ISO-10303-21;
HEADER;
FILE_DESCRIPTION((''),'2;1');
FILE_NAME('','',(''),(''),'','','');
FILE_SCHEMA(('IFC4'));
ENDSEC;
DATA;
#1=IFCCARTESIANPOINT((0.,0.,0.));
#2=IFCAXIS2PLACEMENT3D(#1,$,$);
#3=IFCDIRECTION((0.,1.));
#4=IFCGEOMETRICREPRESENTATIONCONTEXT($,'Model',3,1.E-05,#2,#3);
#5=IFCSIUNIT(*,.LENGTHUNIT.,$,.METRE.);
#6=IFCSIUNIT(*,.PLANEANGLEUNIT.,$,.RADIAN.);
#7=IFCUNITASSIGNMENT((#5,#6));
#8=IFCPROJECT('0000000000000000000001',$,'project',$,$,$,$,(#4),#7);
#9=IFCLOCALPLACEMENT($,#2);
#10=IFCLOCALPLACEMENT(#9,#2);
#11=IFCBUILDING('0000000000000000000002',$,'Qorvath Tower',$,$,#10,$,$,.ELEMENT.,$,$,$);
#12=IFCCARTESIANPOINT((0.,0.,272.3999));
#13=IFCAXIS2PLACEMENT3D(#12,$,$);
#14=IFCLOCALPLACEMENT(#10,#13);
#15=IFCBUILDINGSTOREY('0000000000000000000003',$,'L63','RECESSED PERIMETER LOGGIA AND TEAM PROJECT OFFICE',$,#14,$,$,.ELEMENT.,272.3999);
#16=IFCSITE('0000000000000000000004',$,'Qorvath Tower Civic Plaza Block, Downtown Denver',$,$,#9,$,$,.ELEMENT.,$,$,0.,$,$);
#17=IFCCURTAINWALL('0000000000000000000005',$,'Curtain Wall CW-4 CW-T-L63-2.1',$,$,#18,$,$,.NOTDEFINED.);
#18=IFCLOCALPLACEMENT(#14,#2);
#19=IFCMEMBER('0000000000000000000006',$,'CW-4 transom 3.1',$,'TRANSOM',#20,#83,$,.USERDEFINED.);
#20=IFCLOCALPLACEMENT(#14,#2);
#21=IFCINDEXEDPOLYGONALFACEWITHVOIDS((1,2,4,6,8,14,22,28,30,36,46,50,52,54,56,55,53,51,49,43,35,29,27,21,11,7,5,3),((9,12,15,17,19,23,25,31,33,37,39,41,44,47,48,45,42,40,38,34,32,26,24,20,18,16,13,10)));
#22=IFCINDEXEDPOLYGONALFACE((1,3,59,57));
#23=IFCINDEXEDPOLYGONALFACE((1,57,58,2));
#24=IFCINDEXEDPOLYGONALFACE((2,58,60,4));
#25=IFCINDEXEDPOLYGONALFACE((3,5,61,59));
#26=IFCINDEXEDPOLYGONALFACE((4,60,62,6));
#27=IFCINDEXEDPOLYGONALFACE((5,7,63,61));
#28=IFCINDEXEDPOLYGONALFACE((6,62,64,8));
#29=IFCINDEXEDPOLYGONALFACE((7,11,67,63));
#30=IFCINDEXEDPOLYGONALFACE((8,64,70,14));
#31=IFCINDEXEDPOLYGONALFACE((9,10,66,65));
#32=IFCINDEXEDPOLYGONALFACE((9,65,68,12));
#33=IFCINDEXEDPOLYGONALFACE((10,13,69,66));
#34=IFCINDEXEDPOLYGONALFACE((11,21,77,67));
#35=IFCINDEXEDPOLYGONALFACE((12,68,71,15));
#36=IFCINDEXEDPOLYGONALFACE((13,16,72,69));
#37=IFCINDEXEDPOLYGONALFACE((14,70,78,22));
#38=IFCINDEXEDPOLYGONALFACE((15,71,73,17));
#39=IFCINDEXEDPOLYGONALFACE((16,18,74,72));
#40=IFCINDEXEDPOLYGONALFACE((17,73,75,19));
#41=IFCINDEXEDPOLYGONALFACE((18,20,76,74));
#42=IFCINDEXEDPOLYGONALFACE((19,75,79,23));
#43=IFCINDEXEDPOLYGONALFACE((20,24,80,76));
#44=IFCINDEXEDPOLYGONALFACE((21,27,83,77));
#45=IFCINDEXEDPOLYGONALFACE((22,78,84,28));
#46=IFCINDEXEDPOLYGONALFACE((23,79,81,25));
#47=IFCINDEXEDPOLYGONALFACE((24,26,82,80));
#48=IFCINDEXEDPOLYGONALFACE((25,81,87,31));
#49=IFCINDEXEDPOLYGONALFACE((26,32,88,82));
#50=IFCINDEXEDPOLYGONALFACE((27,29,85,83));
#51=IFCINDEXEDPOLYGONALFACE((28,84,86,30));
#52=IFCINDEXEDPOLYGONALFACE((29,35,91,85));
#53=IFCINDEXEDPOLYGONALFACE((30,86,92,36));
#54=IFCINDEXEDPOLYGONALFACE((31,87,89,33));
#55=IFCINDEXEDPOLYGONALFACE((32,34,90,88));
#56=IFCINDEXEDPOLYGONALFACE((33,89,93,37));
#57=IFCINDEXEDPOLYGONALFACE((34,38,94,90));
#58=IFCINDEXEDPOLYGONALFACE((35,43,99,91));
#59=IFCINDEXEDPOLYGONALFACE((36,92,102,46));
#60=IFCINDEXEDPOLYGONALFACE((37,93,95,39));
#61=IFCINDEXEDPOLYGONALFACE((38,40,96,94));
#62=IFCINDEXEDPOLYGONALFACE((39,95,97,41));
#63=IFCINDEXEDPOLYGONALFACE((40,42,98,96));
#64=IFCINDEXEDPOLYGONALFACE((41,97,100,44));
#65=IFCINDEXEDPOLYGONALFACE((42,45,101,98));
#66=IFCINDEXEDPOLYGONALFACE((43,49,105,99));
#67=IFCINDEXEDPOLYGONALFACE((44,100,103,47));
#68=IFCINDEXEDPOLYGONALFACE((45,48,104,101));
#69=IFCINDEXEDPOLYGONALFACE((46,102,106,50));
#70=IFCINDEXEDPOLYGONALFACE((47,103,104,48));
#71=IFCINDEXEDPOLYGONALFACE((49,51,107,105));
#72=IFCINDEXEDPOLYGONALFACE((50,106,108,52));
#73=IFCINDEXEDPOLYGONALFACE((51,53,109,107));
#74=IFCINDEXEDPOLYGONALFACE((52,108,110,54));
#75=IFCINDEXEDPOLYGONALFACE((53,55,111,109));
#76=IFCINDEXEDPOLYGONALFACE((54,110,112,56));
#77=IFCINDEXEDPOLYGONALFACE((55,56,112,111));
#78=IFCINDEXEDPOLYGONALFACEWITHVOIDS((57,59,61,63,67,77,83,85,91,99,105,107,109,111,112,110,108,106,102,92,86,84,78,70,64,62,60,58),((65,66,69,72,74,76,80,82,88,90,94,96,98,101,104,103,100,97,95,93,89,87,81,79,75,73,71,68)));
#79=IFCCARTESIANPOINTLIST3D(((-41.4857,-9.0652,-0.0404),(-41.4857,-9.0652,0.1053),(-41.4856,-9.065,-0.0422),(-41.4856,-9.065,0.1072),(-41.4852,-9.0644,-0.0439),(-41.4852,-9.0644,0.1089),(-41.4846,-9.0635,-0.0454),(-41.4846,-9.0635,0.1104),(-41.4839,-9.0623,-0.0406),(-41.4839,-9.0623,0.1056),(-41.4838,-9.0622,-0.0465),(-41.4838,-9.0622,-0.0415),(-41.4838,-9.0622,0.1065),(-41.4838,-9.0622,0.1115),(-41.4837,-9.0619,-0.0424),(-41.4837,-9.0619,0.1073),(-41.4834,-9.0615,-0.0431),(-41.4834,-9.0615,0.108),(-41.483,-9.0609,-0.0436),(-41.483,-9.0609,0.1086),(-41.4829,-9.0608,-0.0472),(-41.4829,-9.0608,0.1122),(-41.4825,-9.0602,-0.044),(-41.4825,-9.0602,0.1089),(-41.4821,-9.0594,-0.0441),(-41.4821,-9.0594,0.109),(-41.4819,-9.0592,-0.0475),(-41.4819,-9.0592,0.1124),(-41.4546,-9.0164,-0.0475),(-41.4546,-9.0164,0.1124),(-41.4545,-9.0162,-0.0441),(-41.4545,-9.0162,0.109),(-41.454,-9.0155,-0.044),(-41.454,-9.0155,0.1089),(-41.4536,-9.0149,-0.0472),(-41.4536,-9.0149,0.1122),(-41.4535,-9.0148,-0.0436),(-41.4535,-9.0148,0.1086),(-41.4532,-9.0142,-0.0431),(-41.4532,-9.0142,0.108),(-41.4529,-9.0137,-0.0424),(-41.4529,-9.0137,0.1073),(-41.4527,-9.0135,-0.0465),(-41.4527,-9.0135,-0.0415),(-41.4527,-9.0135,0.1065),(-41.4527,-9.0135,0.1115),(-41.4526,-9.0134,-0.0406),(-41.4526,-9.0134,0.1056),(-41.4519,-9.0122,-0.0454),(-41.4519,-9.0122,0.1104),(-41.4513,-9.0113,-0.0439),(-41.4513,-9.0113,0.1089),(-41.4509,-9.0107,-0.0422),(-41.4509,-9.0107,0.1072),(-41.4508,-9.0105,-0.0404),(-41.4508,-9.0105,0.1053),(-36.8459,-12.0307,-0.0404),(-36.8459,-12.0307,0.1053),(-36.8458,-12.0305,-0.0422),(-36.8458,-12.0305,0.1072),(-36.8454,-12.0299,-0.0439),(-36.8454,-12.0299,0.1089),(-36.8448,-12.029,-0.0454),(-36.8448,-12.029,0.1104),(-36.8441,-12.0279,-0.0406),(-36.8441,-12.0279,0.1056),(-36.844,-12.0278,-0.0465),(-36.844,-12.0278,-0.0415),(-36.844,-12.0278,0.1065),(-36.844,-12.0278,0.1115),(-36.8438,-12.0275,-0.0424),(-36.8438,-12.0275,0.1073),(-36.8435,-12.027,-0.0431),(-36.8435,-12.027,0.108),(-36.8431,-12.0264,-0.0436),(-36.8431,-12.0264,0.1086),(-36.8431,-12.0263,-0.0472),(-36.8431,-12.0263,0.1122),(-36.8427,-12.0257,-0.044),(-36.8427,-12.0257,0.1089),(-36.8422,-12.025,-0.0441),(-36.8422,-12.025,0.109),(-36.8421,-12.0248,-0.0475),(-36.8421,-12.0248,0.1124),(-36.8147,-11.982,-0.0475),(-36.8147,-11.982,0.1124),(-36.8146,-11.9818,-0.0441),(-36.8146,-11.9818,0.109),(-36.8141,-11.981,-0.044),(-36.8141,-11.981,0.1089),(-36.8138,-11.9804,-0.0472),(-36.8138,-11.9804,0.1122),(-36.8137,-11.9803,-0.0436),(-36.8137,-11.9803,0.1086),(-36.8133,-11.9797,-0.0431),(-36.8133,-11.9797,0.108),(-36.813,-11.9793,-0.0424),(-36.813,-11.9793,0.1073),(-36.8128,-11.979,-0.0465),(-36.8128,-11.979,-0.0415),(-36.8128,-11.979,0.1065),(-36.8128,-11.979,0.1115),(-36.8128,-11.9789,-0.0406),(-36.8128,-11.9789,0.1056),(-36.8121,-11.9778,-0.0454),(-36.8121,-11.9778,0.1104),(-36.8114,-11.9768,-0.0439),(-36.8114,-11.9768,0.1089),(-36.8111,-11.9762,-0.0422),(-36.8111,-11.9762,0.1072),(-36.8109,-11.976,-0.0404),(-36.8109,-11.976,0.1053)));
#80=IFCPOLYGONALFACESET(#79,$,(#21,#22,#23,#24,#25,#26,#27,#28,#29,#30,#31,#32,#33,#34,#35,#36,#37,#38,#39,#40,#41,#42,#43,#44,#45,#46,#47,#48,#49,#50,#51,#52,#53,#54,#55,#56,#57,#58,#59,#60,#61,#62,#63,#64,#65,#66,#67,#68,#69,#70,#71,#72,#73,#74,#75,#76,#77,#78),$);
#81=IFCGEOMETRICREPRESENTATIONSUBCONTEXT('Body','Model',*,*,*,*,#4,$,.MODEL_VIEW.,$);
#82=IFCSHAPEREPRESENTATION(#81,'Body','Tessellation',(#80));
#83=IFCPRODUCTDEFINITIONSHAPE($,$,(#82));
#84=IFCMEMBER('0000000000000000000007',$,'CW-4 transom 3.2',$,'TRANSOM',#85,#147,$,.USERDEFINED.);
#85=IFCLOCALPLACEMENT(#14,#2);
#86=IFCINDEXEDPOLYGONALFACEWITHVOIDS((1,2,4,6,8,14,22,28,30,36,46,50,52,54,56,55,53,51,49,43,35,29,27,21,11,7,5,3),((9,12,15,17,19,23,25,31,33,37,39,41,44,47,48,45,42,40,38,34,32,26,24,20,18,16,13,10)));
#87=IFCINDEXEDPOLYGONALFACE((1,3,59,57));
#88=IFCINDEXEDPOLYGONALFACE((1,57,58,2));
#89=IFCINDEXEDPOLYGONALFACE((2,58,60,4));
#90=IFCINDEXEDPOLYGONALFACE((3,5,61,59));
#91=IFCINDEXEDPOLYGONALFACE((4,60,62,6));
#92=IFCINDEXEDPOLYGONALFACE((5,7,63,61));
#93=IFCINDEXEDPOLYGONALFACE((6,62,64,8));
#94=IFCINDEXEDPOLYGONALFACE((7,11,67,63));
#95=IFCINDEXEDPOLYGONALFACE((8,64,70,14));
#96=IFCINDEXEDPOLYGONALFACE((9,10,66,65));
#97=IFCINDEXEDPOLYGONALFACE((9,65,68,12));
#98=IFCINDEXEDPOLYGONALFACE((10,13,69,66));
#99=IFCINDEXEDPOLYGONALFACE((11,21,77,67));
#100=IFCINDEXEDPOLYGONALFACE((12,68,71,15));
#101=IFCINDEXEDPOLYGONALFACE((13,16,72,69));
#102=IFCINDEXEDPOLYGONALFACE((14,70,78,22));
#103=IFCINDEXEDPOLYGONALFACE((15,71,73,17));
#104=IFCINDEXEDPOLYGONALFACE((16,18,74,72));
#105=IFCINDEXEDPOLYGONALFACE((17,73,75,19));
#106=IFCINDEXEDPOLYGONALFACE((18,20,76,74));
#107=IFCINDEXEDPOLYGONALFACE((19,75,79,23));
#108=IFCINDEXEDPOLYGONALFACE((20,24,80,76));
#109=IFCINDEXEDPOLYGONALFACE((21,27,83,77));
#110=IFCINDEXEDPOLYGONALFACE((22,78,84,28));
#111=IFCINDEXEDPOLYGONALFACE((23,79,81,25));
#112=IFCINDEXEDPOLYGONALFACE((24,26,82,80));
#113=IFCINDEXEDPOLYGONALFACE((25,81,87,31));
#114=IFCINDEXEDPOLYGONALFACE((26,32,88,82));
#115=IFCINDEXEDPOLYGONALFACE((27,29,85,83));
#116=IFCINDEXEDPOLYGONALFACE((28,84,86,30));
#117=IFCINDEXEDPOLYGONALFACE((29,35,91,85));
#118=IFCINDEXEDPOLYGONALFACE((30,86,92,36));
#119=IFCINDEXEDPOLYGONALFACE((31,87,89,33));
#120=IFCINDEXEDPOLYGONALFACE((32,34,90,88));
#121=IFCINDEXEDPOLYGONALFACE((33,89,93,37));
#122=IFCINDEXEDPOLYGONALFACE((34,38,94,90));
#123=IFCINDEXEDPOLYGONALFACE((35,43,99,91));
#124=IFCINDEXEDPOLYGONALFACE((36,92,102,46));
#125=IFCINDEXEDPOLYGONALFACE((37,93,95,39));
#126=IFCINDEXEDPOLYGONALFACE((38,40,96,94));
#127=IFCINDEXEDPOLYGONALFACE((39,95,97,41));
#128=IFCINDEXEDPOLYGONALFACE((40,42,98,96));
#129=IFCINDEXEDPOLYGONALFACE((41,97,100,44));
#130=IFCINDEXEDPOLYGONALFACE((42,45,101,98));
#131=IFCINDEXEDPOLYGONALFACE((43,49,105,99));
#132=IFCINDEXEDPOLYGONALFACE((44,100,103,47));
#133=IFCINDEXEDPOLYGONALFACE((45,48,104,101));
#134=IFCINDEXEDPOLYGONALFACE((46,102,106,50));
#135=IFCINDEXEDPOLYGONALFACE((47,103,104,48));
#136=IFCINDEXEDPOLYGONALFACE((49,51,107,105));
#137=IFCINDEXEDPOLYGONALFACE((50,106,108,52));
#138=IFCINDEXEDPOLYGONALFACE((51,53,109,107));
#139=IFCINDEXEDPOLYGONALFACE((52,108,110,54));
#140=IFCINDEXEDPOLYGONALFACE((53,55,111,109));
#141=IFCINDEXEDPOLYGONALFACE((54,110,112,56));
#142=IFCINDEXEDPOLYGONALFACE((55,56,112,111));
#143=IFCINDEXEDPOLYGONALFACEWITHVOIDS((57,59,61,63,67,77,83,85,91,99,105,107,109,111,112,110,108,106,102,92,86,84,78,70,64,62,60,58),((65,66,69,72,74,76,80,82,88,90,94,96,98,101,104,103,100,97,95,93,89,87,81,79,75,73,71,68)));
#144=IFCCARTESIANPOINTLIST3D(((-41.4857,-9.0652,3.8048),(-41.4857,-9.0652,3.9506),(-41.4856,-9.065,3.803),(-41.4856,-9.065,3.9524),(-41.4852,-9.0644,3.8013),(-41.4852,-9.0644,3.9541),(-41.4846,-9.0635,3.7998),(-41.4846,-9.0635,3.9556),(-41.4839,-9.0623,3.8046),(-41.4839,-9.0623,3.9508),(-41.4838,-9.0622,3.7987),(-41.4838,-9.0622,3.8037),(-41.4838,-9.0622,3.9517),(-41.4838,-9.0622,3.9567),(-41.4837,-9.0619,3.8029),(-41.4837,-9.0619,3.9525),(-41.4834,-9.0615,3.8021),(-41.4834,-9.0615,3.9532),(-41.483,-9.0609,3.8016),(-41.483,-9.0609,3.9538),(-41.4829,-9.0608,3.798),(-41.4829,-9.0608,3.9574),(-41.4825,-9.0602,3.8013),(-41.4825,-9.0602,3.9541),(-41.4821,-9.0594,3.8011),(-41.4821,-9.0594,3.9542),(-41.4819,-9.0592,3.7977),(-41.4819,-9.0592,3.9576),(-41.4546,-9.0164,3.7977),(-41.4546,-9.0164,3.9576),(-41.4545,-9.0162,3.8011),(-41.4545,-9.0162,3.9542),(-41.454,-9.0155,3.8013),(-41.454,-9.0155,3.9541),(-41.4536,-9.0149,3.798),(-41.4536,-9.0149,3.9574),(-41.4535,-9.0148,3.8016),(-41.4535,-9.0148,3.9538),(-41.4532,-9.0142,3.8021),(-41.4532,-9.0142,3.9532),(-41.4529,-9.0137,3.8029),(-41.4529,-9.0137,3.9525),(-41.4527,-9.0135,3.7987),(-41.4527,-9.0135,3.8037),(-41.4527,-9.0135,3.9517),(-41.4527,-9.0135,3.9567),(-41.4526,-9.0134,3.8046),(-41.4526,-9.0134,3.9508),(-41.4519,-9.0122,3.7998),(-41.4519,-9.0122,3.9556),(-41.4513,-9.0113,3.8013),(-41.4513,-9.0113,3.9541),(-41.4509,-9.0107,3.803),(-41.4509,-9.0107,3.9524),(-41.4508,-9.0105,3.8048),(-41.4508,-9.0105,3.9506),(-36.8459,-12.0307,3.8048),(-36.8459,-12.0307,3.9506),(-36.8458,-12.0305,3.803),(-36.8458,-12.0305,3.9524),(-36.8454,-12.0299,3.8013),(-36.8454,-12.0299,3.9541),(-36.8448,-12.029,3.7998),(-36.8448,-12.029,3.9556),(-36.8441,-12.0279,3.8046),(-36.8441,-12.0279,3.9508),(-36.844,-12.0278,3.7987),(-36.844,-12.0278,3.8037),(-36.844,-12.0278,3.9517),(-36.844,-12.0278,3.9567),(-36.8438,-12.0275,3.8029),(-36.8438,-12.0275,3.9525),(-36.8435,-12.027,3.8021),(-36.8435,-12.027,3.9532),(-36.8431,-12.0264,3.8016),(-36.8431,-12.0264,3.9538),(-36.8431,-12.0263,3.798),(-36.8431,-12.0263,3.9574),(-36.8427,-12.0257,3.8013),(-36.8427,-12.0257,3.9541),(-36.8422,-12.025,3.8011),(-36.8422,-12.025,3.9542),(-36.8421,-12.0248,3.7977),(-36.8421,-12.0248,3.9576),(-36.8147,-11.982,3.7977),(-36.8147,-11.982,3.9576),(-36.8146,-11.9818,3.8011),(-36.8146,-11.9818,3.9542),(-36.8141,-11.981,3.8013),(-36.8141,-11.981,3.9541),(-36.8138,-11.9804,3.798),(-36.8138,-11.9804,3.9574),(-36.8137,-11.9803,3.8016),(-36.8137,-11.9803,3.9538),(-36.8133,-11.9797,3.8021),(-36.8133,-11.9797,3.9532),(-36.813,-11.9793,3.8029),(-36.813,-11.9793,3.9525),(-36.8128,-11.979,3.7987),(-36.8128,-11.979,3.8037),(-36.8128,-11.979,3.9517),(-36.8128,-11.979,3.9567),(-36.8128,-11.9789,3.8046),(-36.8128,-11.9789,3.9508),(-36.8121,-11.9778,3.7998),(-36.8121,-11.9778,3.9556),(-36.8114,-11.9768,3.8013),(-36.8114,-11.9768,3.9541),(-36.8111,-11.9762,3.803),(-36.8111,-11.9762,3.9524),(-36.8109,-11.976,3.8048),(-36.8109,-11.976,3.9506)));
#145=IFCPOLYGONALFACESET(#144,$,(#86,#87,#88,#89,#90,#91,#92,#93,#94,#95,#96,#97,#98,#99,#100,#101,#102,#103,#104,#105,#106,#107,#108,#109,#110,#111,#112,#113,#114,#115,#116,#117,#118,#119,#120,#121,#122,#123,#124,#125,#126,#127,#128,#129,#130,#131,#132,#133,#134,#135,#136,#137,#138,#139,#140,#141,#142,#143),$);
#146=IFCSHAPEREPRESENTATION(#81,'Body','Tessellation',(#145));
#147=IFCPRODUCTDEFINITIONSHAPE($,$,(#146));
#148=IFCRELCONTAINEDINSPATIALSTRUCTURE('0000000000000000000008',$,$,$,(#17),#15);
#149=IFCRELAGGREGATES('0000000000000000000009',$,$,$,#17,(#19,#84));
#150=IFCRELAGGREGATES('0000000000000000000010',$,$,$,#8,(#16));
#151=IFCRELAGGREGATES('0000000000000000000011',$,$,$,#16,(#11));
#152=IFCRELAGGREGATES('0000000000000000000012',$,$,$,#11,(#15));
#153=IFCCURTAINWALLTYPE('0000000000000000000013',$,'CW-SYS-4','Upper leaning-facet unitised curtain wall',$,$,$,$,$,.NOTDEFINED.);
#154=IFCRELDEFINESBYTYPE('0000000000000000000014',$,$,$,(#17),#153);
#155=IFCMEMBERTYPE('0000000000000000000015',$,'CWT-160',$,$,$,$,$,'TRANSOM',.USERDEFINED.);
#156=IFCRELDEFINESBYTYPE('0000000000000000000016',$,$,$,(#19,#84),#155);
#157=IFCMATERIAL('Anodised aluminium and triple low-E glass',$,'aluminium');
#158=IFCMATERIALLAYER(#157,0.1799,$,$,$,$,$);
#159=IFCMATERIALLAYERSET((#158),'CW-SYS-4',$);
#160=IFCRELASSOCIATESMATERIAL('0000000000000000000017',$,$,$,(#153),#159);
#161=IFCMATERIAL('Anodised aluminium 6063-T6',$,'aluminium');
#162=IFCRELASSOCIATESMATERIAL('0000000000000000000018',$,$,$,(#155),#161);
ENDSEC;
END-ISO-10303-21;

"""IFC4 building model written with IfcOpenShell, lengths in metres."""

from ifc_helpers import new_model, si_unit, direction, frame, origin, origin_2d, place, context, subcontext, project, spatial, hollow_rectangle, extrude, material, layer, layer_set, material_profile, profile_set, type_object, element, aggregate, save


model = new_model("IFC4")

# Units and contexts
model_context = context("Model", 3, precision=1e-05, world=origin(), true_north=direction((0.0, 1.0)))
body_context = subcontext(model_context, "Body", "Model", "MODEL_VIEW")
ifc_project = project(units=[si_unit("LENGTHUNIT", "METRE"), si_unit("PLANEANGLEUNIT", "RADIAN")], contexts=[model_context])

# Site, building, storey
site_placement = place(None, origin())
site = spatial("IfcSite", under=ifc_project, at=site_placement, Name="Qorvath Tower Civic Plaza Block, Downtown Denver", CompositionType="ELEMENT", RefElevation=0.0)
building_placement = place(site_placement, origin())
building = spatial("IfcBuilding", under=site, at=building_placement, Name="Qorvath Tower", CompositionType="ELEMENT")
storey_placement = place(building_placement, frame((0.0, 0.0, 272.3999)))
storey = spatial("IfcBuildingStorey", under=building, at=storey_placement, Name="L63", Description="RECESSED PERIMETER LOGGIA AND TEAM PROJECT OFFICE", CompositionType="ELEMENT", Elevation=272.3999)

# Curtain wall, members
ifc_material_1 = material(Name="Anodised aluminium and triple low-E glass", Category="aluminium")
ifc_layer_1 = layer(ifc_material_1, 0.1799)
ifc_layer_set_1 = layer_set([ifc_layer_1], Name="CW-SYS-4")
curtain_wall_type = type_object("IfcCurtainWallType", Name="CW-SYS-4", Description="Upper leaning-facet unitised curtain wall", PredefinedType="NOTDEFINED", material=ifc_layer_set_1)
curtain_wall_placement = place(storey_placement, origin())
curtain_wall = element("IfcCurtainWall", 1, at=curtain_wall_placement, inside=storey, type_object=curtain_wall_type, Name="Curtain Wall CW-4 CW-T-L63-2.1", PredefinedType="NOTDEFINED")
ifc_material_2 = material(Name="Anodised aluminium 6063-T6", Category="aluminium")
ifc_material_profile_1 = material_profile(ifc_material_2, hollow_rectangle(XDim=0.0649, YDim=0.1599, WallThickness=0.0034, InnerFilletRadius=0.0034, OuterFilletRadius=0.0071, at=origin_2d()), Name="CWT 160x65")
ifc_profile_set_1 = profile_set([ifc_material_profile_1], Name="Anodised aluminium 6063-T6")
member_type_1 = type_object("IfcMemberType", Name="CWT-160", ElementType="TRANSOM", PredefinedType="USERDEFINED", material=ifc_profile_set_1)
member_1_placement = place(storey_placement, frame((-41.4683, -9.0378, 0.0325), z_axis=(0.842597, -0.538544, 0.0), x_axis=(0.538544, 0.842597, 0.0)))
member_1 = element("IfcMember", 2, at=member_1_placement, type_object=member_type_1, Name="CW-4 transom 3.1", ObjectType="TRANSOM", PredefinedType="USERDEFINED", context=body_context, shape_type="SweptSolid", body=[
    extrude(hollow_rectangle(XDim=0.0649, YDim=0.1599, WallThickness=0.0034, InnerFilletRadius=0.0034, OuterFilletRadius=0.0071, at=origin_2d()), origin(), (0.0, 0.0, 1.0), 5.5066),
])
member_2_placement = place(storey_placement, frame((-41.4683, -9.0378, 3.8777), z_axis=(0.842597, -0.538544, 0.0), x_axis=(0.538544, 0.842597, 0.0)))
member_2 = element("IfcMember", 3, at=member_2_placement, type_object=member_type_1, Name="CW-4 transom 3.2", ObjectType="TRANSOM", PredefinedType="USERDEFINED", context=body_context, shape_type="SweptSolid", body=[
    extrude(hollow_rectangle(XDim=0.0649, YDim=0.1599, WallThickness=0.0034, InnerFilletRadius=0.0034, OuterFilletRadius=0.0071, at=origin_2d()), origin(), (0.0, 0.0, 1.0), 5.5066),
])
aggregate(curtain_wall, [member_1, member_2])

save(model, "model.ifc")
